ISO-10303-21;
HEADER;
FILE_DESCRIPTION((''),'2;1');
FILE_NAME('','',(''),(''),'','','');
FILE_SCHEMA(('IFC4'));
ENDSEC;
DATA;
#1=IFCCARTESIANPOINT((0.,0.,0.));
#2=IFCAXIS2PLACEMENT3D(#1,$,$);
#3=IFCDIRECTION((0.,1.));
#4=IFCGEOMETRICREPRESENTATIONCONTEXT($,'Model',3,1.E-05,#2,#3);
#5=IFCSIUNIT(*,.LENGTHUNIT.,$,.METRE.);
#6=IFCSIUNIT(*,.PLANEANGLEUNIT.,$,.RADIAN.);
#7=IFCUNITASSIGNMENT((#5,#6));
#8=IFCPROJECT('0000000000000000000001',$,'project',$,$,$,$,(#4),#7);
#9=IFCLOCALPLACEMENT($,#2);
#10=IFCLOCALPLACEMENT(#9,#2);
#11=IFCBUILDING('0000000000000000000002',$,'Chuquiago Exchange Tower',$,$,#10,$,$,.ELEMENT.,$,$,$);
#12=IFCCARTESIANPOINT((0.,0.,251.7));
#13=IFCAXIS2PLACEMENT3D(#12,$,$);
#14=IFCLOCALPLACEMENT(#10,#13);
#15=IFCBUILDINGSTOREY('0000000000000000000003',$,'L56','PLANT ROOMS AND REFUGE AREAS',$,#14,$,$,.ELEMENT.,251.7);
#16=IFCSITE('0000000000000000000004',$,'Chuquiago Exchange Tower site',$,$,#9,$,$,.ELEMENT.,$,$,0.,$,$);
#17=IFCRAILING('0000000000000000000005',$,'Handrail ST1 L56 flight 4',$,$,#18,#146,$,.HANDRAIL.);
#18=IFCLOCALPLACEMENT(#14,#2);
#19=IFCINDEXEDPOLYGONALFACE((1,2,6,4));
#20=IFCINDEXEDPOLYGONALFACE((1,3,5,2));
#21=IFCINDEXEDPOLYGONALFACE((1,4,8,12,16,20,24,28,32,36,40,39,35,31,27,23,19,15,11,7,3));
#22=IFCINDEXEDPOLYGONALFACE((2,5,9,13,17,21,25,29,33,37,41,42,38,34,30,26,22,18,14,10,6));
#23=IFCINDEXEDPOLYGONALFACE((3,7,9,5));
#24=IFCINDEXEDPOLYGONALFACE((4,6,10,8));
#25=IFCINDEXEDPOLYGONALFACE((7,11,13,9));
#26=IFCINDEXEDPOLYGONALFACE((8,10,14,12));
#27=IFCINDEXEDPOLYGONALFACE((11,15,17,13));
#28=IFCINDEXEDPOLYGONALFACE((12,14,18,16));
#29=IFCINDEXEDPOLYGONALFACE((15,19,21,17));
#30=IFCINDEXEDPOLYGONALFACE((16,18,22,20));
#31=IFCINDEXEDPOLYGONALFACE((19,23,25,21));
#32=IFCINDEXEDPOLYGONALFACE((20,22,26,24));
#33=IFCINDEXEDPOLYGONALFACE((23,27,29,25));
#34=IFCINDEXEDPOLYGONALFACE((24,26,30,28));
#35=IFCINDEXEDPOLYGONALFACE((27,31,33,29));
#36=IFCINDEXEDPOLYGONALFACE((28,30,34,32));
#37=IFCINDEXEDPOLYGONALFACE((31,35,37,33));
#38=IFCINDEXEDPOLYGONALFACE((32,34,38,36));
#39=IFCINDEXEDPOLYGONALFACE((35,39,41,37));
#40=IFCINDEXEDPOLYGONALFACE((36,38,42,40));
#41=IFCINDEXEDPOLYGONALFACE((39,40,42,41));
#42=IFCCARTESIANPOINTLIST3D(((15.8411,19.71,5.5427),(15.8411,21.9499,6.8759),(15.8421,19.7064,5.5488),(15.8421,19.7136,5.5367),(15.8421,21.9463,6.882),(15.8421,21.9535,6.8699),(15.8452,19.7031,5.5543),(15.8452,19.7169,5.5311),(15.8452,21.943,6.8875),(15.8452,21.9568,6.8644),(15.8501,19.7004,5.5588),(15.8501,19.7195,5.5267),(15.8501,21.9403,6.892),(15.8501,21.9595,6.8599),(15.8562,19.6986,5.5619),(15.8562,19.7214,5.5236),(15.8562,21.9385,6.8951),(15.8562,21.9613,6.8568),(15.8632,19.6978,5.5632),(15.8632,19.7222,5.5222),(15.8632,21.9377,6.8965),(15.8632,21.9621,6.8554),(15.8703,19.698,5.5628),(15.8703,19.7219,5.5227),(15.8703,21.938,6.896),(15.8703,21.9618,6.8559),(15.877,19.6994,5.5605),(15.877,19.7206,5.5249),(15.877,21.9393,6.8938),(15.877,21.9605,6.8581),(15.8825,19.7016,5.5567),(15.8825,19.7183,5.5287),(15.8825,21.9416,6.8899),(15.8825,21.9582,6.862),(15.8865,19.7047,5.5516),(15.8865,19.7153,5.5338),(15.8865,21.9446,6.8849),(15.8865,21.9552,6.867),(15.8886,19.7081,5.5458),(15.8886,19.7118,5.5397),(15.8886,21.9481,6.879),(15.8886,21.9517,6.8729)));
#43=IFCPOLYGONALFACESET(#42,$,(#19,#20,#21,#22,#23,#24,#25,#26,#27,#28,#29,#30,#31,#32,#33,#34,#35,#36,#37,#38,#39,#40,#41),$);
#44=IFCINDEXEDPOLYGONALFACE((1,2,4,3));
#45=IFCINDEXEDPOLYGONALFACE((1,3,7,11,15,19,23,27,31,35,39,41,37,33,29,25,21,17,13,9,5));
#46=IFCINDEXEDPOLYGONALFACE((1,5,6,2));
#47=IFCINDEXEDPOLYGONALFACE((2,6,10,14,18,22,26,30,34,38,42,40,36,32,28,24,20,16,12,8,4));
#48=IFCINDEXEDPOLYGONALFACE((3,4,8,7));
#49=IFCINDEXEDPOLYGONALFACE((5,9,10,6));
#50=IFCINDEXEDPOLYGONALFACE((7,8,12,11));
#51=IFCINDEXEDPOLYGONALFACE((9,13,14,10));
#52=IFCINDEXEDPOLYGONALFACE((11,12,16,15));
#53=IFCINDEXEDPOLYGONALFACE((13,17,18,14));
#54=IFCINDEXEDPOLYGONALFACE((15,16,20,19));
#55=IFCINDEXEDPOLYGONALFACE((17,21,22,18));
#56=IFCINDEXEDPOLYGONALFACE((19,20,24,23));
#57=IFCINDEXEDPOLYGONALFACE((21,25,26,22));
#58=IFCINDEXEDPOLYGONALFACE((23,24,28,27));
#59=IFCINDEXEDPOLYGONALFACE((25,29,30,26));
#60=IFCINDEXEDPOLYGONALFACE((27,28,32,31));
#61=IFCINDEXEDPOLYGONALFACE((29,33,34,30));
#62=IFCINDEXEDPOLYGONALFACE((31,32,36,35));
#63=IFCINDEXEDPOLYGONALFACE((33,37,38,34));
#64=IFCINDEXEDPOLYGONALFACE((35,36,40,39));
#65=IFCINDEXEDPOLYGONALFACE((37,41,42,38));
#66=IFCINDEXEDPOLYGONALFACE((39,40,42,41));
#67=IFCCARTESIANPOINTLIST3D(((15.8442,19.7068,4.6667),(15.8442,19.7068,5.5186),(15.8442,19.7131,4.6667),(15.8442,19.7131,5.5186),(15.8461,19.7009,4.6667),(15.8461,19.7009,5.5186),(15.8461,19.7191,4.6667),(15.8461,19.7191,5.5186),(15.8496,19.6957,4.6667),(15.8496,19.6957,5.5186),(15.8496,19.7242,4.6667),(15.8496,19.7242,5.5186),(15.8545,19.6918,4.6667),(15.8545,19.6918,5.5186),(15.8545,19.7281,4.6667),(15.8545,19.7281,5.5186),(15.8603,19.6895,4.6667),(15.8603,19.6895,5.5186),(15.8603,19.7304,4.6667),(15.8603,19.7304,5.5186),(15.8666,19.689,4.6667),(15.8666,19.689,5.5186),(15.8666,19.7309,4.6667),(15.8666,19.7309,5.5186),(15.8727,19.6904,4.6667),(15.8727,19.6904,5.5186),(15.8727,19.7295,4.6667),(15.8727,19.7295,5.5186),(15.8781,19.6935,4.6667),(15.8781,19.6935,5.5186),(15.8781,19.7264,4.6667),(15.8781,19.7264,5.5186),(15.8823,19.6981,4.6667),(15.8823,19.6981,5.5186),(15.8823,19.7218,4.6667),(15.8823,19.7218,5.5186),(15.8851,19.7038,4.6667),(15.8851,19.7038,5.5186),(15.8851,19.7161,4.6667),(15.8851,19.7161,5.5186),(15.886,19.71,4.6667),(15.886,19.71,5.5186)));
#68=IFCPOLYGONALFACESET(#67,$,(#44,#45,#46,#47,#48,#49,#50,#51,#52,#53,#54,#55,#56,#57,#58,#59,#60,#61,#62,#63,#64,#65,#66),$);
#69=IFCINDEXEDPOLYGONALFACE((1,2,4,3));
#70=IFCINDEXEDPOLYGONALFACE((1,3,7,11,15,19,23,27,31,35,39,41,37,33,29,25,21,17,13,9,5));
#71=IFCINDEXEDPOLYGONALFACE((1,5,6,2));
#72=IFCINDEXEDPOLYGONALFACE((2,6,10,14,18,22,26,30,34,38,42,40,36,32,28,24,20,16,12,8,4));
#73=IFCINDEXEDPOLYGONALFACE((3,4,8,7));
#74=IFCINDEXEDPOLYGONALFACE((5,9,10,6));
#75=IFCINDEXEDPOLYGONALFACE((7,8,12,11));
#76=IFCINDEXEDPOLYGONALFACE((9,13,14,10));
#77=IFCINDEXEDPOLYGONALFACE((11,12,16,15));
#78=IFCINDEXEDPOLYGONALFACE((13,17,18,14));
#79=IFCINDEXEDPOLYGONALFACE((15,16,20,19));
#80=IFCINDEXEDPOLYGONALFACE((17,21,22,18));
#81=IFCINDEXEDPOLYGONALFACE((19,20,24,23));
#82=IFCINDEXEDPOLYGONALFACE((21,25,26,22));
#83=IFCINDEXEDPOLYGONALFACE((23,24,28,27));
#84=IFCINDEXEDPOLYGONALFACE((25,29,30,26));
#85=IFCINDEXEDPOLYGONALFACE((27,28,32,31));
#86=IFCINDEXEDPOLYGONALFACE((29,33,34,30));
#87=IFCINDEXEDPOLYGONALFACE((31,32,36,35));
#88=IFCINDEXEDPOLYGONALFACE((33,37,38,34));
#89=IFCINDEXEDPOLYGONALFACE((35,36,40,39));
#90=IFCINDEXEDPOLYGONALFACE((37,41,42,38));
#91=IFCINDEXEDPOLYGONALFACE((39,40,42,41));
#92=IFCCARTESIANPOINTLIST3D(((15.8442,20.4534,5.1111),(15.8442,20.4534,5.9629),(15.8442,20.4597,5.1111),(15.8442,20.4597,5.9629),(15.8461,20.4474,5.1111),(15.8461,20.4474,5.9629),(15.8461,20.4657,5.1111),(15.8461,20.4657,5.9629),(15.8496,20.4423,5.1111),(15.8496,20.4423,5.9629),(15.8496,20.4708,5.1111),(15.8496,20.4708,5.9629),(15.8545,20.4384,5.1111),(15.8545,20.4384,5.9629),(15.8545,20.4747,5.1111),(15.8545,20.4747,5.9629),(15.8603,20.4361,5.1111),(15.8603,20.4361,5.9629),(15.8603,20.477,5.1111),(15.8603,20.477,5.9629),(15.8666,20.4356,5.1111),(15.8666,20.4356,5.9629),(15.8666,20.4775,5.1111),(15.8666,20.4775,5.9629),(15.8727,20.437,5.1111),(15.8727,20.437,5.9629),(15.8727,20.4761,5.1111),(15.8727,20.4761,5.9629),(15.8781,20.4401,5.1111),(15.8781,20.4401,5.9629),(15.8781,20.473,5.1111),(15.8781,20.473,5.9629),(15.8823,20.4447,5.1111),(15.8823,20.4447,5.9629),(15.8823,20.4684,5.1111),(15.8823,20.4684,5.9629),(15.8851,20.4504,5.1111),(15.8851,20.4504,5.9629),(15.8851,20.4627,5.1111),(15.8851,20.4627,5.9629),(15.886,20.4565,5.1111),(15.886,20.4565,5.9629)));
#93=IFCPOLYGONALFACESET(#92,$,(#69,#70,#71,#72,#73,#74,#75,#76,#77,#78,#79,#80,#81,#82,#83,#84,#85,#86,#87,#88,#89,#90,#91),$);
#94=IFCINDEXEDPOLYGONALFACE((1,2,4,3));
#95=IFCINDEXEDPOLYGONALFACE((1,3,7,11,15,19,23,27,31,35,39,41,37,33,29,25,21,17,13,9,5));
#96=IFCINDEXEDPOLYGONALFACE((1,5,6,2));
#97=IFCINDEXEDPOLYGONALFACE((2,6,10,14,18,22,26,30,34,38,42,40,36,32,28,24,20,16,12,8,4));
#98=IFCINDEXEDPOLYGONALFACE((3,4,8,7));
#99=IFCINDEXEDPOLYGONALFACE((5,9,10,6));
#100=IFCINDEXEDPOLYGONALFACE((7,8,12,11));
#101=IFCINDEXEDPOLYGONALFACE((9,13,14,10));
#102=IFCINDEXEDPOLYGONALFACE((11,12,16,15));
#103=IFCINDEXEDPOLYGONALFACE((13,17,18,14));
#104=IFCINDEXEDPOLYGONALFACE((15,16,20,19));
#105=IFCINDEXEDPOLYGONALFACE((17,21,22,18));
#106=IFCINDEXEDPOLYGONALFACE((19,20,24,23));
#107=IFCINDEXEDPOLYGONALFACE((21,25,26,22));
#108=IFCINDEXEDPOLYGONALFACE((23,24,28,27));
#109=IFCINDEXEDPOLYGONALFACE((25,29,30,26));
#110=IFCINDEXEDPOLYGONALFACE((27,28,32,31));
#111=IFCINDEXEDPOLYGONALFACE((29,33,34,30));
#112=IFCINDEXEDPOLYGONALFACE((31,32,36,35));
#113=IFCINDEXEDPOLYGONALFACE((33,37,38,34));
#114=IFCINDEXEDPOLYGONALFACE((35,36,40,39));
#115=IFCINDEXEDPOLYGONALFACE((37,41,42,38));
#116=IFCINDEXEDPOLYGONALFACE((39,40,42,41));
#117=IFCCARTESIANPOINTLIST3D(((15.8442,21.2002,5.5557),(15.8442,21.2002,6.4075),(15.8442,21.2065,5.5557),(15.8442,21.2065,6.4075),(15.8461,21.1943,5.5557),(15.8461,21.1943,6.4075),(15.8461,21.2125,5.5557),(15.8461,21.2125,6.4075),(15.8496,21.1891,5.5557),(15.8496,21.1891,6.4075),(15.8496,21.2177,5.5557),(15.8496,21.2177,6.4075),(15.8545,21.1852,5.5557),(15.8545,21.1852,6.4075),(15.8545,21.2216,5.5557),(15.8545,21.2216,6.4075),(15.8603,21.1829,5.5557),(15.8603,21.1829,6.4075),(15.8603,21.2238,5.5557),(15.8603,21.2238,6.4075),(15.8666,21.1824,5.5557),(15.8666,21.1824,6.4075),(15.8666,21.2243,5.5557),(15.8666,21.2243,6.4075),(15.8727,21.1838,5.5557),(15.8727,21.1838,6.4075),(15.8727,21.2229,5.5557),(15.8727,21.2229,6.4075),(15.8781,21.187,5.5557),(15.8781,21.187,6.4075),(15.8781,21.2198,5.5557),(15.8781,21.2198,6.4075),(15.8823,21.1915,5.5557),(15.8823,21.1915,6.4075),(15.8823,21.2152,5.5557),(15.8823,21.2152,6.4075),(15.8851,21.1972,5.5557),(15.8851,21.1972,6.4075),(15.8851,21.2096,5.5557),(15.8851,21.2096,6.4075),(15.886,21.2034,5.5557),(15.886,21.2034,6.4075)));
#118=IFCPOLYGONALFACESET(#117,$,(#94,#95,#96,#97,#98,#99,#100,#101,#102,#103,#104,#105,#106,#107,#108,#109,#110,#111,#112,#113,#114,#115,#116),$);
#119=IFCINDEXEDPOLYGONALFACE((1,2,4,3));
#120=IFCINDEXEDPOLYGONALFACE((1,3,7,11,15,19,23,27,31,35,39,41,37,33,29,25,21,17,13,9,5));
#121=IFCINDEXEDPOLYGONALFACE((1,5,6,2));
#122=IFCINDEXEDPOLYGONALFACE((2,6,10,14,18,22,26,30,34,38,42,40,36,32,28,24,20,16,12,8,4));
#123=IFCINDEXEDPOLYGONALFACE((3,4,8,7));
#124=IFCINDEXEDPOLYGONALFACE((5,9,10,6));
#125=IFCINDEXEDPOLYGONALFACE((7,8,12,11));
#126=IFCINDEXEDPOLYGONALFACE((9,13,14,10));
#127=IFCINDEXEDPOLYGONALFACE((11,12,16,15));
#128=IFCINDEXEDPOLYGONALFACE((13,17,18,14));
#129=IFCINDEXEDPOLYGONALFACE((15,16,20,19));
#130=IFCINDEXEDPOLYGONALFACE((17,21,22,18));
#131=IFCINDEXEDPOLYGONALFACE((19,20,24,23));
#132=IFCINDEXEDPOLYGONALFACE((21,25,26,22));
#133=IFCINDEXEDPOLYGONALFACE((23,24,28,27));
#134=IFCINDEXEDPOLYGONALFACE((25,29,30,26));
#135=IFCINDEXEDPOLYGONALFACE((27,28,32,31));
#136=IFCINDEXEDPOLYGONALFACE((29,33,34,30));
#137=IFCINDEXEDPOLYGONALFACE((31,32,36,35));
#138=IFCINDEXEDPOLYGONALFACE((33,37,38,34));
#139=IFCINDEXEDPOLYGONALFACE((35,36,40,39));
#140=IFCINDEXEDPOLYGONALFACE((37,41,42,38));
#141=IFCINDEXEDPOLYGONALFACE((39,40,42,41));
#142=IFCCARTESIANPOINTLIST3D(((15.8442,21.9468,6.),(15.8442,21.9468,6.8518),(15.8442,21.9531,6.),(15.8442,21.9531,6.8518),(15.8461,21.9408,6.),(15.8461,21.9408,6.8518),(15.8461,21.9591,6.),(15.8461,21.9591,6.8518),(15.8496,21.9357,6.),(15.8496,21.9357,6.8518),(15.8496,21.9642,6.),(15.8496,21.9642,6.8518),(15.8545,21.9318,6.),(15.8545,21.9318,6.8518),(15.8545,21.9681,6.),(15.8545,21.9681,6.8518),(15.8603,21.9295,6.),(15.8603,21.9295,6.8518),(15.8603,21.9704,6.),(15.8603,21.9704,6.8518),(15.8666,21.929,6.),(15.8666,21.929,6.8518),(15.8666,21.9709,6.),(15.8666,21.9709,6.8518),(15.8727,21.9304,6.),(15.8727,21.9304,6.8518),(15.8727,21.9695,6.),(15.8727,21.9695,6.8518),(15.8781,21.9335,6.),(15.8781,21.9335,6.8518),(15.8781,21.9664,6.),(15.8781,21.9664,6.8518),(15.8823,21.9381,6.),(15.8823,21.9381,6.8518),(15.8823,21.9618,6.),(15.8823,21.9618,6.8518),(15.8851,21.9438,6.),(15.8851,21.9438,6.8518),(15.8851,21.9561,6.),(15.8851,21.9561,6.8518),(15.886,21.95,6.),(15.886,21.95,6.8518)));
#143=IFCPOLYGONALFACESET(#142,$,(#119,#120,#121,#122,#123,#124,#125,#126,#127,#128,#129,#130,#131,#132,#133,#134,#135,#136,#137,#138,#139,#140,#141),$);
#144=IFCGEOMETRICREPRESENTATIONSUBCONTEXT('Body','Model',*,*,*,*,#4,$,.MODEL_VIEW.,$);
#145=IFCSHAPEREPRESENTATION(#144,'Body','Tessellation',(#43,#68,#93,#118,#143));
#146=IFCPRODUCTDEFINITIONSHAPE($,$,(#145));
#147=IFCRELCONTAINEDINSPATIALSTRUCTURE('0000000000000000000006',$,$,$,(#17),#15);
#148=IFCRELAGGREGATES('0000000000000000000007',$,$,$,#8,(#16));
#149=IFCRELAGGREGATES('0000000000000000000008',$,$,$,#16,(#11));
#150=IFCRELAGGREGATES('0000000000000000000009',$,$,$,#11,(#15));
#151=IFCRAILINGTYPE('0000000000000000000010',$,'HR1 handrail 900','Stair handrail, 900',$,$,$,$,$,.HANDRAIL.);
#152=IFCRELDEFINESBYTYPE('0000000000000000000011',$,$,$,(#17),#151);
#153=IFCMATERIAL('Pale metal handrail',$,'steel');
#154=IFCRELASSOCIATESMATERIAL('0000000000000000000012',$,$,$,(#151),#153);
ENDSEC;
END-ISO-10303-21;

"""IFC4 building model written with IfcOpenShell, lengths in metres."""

from ifc_helpers import new_model, si_unit, direction, frame, origin, origin_2d, place, context, subcontext, project, spatial, circle, extrude, material, type_object, element, save


model = new_model("IFC4")

# Units and contexts
model_context = context("Model", 3, precision=1e-05, world=origin(), true_north=direction((0.0, 1.0)))
body_context = subcontext(model_context, "Body", "Model", "MODEL_VIEW")
ifc_project = project(units=[si_unit("LENGTHUNIT", "METRE"), si_unit("PLANEANGLEUNIT", "RADIAN")], contexts=[model_context])

# Site, building, storey
site_placement = place(None, origin())
site = spatial("IfcSite", under=ifc_project, at=site_placement, Name="Chuquiago Exchange Tower site", CompositionType="ELEMENT", RefElevation=0.0)
building_placement = place(site_placement, origin())
building = spatial("IfcBuilding", under=site, at=building_placement, Name="Chuquiago Exchange Tower", CompositionType="ELEMENT")
storey_placement = place(building_placement, frame((0.0, 0.0, 251.7)))
storey = spatial("IfcBuildingStorey", under=building, at=storey_placement, Name="L56", Description="PLANT ROOMS AND REFUGE AREAS", CompositionType="ELEMENT", Elevation=251.7)

# Railing
ifc_material_1 = material(Name="Pale metal handrail", Category="steel")
railing_type_1 = type_object("IfcRailingType", Name="HR1 handrail 900", Description="Stair handrail, 900", PredefinedType="HANDRAIL", material=ifc_material_1)
railing_placement = place(storey_placement, frame((15.865, 19.71, 4.6667)))
element("IfcRailing", 1, at=railing_placement, inside=storey, type_object=railing_type_1, Name="Handrail ST1 L56 flight 4", PredefinedType="HANDRAIL", context=body_context, shape_type="SweptSolid", body=[
    extrude(circle(Radius=0.0239, at=origin_2d()), frame((0.0, 0.0, 0.876), z_axis=(0.0, 0.859306, 0.511462), x_axis=(-1.0, 0.0, 0.0)), (0.0, 0.0, 1.0), 2.6067),
    extrude(circle(Radius=0.021, at=origin_2d()), origin(), (0.0, 0.0, 1.0), 0.8518),
    extrude(circle(Radius=0.021, at=origin_2d()), frame((0.0, 0.7466, 0.4443)), (0.0, 0.0, 1.0), 0.8518),
    extrude(circle(Radius=0.021, at=origin_2d()), frame((0.0, 1.4934, 0.8889)), (0.0, 0.0, 1.0), 0.8518),
    extrude(circle(Radius=0.021, at=origin_2d()), frame((0.0, 2.24, 1.3333)), (0.0, 0.0, 1.0), 0.8518),
])

save(model, "model.ifc")
